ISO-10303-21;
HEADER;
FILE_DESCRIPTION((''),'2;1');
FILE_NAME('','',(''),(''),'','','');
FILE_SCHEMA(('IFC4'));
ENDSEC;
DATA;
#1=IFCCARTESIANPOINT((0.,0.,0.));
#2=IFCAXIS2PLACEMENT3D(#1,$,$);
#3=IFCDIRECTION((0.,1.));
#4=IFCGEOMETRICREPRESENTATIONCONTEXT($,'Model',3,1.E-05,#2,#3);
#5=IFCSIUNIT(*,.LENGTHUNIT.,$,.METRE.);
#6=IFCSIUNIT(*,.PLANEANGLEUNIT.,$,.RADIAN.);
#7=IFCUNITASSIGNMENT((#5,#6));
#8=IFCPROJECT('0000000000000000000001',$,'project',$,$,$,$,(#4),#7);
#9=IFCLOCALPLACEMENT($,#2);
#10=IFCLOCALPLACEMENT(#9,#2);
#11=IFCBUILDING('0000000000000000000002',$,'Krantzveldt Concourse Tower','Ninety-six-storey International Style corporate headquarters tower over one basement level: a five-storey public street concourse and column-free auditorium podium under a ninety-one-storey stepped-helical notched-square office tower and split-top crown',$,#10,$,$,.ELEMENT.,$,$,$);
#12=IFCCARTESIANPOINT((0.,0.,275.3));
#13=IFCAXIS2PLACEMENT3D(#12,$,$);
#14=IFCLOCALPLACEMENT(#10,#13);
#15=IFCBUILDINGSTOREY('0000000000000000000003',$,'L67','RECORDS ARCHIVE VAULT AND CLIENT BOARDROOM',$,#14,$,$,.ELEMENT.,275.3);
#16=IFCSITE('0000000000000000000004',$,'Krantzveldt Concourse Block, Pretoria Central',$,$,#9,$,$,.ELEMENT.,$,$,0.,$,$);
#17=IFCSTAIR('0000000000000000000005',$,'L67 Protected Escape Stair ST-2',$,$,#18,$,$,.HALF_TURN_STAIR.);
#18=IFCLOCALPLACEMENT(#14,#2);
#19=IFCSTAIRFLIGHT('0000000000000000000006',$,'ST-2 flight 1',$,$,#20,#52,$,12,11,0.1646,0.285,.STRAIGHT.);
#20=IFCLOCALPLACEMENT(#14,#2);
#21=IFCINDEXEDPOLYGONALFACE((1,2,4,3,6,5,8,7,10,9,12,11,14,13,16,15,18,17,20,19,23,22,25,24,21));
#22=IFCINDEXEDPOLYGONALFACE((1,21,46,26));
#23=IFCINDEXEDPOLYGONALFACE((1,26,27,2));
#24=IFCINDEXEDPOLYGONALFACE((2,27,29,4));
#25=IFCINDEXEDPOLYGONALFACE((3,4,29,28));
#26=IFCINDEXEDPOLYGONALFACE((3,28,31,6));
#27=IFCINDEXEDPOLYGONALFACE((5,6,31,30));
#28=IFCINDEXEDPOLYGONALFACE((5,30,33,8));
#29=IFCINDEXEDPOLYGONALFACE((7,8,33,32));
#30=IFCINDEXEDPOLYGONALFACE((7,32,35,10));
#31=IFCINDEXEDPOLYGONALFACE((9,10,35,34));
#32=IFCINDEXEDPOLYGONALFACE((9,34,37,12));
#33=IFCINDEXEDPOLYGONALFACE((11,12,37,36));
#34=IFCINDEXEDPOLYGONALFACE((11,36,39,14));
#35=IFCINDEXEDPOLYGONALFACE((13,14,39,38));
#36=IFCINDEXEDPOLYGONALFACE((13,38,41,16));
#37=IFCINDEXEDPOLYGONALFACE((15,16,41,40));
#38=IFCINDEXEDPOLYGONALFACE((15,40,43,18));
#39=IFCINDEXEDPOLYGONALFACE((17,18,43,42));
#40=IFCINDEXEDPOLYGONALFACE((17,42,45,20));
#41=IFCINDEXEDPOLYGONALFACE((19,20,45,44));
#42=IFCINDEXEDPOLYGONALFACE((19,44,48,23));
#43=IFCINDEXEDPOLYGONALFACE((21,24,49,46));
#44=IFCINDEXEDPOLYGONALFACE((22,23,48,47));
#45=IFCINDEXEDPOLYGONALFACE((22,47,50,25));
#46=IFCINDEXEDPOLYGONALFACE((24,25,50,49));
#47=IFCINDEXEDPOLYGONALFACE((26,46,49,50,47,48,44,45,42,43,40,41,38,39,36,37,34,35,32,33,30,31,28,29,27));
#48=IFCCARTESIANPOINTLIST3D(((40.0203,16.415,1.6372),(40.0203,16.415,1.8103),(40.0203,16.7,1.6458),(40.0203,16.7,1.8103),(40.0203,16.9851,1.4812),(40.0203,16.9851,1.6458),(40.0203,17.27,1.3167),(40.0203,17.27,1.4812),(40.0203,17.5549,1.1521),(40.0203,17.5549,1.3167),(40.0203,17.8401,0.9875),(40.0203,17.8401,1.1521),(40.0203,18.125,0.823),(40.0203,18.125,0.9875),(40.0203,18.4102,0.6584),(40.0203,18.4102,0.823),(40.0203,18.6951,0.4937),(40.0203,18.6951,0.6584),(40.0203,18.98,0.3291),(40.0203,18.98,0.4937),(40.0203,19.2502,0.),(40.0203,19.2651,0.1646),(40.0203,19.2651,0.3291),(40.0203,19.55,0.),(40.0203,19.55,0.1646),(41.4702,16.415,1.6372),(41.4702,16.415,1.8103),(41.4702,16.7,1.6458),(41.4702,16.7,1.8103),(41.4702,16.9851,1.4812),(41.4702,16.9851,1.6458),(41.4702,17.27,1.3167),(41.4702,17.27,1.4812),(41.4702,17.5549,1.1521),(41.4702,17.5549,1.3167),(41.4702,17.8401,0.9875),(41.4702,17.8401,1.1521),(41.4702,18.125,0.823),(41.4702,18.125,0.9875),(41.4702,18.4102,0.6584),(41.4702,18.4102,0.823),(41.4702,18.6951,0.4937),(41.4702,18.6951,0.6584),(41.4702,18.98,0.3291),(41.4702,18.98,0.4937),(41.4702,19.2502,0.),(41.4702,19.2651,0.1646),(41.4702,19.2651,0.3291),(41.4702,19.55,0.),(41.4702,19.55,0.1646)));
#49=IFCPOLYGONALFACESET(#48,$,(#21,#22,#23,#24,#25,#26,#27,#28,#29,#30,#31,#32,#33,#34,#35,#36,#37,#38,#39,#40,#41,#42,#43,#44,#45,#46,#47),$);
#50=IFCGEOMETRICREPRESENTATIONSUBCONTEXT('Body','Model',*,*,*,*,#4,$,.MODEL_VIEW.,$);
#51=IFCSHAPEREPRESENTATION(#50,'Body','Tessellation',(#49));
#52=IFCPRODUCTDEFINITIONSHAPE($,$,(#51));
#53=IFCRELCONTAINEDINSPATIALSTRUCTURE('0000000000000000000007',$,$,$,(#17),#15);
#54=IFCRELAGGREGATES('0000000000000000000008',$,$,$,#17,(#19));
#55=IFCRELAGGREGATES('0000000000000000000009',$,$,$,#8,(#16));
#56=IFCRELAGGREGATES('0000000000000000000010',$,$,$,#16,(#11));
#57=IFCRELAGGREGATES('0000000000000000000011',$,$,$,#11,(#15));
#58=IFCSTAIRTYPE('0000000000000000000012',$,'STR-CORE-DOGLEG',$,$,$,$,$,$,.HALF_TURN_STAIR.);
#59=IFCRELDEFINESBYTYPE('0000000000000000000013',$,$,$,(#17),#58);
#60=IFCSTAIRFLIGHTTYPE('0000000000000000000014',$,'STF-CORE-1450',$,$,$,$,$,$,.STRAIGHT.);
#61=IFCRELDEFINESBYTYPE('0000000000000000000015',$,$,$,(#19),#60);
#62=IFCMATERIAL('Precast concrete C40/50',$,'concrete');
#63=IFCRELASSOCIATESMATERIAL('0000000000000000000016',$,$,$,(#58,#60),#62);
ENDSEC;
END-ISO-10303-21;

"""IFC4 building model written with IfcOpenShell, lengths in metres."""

from ifc_helpers import new_model, si_unit, direction, frame, origin, place, context, subcontext, project, spatial, polyline, outline, extrude, material, type_object, element, aggregate, save


model = new_model("IFC4")

# Units and contexts
model_context = context("Model", 3, precision=1e-05, world=origin(), true_north=direction((0.0, 1.0)))
body_context = subcontext(model_context, "Body", "Model", "MODEL_VIEW")
ifc_project = project(units=[si_unit("LENGTHUNIT", "METRE"), si_unit("PLANEANGLEUNIT", "RADIAN")], contexts=[model_context])

# Site, building, storey
site_placement = place(None, origin())
site = spatial("IfcSite", under=ifc_project, at=site_placement, Name="Krantzveldt Concourse Block, Pretoria Central", CompositionType="ELEMENT", RefElevation=0.0)
building_placement = place(site_placement, origin())
building = spatial("IfcBuilding", under=site, at=building_placement, Name="Krantzveldt Concourse Tower", Description="Ninety-six-storey International Style corporate headquarters tower over one basement level: a five-storey public street concourse and column-free auditorium podium under a ninety-one-storey stepped-helical notched-square office tower and split-top crown", CompositionType="ELEMENT")
storey_placement = place(building_placement, frame((0.0, 0.0, 275.3)))
storey = spatial("IfcBuildingStorey", under=building, at=storey_placement, Name="L67", Description="RECORDS ARCHIVE VAULT AND CLIENT BOARDROOM", CompositionType="ELEMENT", Elevation=275.3)

# Stair, stair flight
ifc_material_1 = material(Name="Precast concrete C40/50", Category="concrete")
stair_type = type_object("IfcStairType", Name="STR-CORE-DOGLEG", PredefinedType="HALF_TURN_STAIR", material=ifc_material_1)
stair_placement = place(storey_placement, origin())
stair = element("IfcStair", 1, at=stair_placement, inside=storey, type_object=stair_type, Name="L67 Protected Escape Stair ST-2", PredefinedType="HALF_TURN_STAIR")
stair_flight_type = type_object("IfcStairFlightType", Name="STF-CORE-1450", PredefinedType="STRAIGHT", material=ifc_material_1)
stair_flight_placement = place(storey_placement, frame((40.7451, 19.55, 0.0), z_axis=(0.0, 0.0, 1.0), x_axis=(0.0, -1.0, 0.0)))
stair_flight = element("IfcStairFlight", 2, at=stair_flight_placement, type_object=stair_flight_type, Name="ST-2 flight 1", NumberOfRisers=12, NumberOfTreads=11, PredefinedType="STRAIGHT", RiserHeight=0.1646, TreadLength=0.285, context=body_context, shape_type="SweptSolid", body=[
    extrude(outline(polyline([(0.0, 0.0), (0.0, 0.1646), (0.2849, 0.1646), (0.2849, 0.3291), (0.5701, 0.3291), (0.5701, 0.4937), (0.855, 0.4937), (0.855, 0.6584), (1.1399, 0.6584), (1.1399, 0.823), (1.425, 0.823), (1.425, 0.9875), (1.71, 0.9875), (1.71, 1.1521), (1.9951, 1.1521), (1.9951, 1.3167), (2.28, 1.3167), (2.28, 1.4812), (2.5649, 1.4812), (2.5649, 1.6458), (2.8501, 1.6458), (2.8501, 1.8103), (3.135, 1.8103), (3.135, 1.9751), (3.135, 1.6372), (0.2998, 0.0), (0.0, 0.0)])), frame((0.0, 0.7251, 0.0), z_axis=(0.0, -1.0, 0.0), x_axis=(1.0, 0.0, 0.0)), (0.0, 0.0, 1.0), 1.45),
])
aggregate(stair, [stair_flight])

save(model, "model.ifc")
